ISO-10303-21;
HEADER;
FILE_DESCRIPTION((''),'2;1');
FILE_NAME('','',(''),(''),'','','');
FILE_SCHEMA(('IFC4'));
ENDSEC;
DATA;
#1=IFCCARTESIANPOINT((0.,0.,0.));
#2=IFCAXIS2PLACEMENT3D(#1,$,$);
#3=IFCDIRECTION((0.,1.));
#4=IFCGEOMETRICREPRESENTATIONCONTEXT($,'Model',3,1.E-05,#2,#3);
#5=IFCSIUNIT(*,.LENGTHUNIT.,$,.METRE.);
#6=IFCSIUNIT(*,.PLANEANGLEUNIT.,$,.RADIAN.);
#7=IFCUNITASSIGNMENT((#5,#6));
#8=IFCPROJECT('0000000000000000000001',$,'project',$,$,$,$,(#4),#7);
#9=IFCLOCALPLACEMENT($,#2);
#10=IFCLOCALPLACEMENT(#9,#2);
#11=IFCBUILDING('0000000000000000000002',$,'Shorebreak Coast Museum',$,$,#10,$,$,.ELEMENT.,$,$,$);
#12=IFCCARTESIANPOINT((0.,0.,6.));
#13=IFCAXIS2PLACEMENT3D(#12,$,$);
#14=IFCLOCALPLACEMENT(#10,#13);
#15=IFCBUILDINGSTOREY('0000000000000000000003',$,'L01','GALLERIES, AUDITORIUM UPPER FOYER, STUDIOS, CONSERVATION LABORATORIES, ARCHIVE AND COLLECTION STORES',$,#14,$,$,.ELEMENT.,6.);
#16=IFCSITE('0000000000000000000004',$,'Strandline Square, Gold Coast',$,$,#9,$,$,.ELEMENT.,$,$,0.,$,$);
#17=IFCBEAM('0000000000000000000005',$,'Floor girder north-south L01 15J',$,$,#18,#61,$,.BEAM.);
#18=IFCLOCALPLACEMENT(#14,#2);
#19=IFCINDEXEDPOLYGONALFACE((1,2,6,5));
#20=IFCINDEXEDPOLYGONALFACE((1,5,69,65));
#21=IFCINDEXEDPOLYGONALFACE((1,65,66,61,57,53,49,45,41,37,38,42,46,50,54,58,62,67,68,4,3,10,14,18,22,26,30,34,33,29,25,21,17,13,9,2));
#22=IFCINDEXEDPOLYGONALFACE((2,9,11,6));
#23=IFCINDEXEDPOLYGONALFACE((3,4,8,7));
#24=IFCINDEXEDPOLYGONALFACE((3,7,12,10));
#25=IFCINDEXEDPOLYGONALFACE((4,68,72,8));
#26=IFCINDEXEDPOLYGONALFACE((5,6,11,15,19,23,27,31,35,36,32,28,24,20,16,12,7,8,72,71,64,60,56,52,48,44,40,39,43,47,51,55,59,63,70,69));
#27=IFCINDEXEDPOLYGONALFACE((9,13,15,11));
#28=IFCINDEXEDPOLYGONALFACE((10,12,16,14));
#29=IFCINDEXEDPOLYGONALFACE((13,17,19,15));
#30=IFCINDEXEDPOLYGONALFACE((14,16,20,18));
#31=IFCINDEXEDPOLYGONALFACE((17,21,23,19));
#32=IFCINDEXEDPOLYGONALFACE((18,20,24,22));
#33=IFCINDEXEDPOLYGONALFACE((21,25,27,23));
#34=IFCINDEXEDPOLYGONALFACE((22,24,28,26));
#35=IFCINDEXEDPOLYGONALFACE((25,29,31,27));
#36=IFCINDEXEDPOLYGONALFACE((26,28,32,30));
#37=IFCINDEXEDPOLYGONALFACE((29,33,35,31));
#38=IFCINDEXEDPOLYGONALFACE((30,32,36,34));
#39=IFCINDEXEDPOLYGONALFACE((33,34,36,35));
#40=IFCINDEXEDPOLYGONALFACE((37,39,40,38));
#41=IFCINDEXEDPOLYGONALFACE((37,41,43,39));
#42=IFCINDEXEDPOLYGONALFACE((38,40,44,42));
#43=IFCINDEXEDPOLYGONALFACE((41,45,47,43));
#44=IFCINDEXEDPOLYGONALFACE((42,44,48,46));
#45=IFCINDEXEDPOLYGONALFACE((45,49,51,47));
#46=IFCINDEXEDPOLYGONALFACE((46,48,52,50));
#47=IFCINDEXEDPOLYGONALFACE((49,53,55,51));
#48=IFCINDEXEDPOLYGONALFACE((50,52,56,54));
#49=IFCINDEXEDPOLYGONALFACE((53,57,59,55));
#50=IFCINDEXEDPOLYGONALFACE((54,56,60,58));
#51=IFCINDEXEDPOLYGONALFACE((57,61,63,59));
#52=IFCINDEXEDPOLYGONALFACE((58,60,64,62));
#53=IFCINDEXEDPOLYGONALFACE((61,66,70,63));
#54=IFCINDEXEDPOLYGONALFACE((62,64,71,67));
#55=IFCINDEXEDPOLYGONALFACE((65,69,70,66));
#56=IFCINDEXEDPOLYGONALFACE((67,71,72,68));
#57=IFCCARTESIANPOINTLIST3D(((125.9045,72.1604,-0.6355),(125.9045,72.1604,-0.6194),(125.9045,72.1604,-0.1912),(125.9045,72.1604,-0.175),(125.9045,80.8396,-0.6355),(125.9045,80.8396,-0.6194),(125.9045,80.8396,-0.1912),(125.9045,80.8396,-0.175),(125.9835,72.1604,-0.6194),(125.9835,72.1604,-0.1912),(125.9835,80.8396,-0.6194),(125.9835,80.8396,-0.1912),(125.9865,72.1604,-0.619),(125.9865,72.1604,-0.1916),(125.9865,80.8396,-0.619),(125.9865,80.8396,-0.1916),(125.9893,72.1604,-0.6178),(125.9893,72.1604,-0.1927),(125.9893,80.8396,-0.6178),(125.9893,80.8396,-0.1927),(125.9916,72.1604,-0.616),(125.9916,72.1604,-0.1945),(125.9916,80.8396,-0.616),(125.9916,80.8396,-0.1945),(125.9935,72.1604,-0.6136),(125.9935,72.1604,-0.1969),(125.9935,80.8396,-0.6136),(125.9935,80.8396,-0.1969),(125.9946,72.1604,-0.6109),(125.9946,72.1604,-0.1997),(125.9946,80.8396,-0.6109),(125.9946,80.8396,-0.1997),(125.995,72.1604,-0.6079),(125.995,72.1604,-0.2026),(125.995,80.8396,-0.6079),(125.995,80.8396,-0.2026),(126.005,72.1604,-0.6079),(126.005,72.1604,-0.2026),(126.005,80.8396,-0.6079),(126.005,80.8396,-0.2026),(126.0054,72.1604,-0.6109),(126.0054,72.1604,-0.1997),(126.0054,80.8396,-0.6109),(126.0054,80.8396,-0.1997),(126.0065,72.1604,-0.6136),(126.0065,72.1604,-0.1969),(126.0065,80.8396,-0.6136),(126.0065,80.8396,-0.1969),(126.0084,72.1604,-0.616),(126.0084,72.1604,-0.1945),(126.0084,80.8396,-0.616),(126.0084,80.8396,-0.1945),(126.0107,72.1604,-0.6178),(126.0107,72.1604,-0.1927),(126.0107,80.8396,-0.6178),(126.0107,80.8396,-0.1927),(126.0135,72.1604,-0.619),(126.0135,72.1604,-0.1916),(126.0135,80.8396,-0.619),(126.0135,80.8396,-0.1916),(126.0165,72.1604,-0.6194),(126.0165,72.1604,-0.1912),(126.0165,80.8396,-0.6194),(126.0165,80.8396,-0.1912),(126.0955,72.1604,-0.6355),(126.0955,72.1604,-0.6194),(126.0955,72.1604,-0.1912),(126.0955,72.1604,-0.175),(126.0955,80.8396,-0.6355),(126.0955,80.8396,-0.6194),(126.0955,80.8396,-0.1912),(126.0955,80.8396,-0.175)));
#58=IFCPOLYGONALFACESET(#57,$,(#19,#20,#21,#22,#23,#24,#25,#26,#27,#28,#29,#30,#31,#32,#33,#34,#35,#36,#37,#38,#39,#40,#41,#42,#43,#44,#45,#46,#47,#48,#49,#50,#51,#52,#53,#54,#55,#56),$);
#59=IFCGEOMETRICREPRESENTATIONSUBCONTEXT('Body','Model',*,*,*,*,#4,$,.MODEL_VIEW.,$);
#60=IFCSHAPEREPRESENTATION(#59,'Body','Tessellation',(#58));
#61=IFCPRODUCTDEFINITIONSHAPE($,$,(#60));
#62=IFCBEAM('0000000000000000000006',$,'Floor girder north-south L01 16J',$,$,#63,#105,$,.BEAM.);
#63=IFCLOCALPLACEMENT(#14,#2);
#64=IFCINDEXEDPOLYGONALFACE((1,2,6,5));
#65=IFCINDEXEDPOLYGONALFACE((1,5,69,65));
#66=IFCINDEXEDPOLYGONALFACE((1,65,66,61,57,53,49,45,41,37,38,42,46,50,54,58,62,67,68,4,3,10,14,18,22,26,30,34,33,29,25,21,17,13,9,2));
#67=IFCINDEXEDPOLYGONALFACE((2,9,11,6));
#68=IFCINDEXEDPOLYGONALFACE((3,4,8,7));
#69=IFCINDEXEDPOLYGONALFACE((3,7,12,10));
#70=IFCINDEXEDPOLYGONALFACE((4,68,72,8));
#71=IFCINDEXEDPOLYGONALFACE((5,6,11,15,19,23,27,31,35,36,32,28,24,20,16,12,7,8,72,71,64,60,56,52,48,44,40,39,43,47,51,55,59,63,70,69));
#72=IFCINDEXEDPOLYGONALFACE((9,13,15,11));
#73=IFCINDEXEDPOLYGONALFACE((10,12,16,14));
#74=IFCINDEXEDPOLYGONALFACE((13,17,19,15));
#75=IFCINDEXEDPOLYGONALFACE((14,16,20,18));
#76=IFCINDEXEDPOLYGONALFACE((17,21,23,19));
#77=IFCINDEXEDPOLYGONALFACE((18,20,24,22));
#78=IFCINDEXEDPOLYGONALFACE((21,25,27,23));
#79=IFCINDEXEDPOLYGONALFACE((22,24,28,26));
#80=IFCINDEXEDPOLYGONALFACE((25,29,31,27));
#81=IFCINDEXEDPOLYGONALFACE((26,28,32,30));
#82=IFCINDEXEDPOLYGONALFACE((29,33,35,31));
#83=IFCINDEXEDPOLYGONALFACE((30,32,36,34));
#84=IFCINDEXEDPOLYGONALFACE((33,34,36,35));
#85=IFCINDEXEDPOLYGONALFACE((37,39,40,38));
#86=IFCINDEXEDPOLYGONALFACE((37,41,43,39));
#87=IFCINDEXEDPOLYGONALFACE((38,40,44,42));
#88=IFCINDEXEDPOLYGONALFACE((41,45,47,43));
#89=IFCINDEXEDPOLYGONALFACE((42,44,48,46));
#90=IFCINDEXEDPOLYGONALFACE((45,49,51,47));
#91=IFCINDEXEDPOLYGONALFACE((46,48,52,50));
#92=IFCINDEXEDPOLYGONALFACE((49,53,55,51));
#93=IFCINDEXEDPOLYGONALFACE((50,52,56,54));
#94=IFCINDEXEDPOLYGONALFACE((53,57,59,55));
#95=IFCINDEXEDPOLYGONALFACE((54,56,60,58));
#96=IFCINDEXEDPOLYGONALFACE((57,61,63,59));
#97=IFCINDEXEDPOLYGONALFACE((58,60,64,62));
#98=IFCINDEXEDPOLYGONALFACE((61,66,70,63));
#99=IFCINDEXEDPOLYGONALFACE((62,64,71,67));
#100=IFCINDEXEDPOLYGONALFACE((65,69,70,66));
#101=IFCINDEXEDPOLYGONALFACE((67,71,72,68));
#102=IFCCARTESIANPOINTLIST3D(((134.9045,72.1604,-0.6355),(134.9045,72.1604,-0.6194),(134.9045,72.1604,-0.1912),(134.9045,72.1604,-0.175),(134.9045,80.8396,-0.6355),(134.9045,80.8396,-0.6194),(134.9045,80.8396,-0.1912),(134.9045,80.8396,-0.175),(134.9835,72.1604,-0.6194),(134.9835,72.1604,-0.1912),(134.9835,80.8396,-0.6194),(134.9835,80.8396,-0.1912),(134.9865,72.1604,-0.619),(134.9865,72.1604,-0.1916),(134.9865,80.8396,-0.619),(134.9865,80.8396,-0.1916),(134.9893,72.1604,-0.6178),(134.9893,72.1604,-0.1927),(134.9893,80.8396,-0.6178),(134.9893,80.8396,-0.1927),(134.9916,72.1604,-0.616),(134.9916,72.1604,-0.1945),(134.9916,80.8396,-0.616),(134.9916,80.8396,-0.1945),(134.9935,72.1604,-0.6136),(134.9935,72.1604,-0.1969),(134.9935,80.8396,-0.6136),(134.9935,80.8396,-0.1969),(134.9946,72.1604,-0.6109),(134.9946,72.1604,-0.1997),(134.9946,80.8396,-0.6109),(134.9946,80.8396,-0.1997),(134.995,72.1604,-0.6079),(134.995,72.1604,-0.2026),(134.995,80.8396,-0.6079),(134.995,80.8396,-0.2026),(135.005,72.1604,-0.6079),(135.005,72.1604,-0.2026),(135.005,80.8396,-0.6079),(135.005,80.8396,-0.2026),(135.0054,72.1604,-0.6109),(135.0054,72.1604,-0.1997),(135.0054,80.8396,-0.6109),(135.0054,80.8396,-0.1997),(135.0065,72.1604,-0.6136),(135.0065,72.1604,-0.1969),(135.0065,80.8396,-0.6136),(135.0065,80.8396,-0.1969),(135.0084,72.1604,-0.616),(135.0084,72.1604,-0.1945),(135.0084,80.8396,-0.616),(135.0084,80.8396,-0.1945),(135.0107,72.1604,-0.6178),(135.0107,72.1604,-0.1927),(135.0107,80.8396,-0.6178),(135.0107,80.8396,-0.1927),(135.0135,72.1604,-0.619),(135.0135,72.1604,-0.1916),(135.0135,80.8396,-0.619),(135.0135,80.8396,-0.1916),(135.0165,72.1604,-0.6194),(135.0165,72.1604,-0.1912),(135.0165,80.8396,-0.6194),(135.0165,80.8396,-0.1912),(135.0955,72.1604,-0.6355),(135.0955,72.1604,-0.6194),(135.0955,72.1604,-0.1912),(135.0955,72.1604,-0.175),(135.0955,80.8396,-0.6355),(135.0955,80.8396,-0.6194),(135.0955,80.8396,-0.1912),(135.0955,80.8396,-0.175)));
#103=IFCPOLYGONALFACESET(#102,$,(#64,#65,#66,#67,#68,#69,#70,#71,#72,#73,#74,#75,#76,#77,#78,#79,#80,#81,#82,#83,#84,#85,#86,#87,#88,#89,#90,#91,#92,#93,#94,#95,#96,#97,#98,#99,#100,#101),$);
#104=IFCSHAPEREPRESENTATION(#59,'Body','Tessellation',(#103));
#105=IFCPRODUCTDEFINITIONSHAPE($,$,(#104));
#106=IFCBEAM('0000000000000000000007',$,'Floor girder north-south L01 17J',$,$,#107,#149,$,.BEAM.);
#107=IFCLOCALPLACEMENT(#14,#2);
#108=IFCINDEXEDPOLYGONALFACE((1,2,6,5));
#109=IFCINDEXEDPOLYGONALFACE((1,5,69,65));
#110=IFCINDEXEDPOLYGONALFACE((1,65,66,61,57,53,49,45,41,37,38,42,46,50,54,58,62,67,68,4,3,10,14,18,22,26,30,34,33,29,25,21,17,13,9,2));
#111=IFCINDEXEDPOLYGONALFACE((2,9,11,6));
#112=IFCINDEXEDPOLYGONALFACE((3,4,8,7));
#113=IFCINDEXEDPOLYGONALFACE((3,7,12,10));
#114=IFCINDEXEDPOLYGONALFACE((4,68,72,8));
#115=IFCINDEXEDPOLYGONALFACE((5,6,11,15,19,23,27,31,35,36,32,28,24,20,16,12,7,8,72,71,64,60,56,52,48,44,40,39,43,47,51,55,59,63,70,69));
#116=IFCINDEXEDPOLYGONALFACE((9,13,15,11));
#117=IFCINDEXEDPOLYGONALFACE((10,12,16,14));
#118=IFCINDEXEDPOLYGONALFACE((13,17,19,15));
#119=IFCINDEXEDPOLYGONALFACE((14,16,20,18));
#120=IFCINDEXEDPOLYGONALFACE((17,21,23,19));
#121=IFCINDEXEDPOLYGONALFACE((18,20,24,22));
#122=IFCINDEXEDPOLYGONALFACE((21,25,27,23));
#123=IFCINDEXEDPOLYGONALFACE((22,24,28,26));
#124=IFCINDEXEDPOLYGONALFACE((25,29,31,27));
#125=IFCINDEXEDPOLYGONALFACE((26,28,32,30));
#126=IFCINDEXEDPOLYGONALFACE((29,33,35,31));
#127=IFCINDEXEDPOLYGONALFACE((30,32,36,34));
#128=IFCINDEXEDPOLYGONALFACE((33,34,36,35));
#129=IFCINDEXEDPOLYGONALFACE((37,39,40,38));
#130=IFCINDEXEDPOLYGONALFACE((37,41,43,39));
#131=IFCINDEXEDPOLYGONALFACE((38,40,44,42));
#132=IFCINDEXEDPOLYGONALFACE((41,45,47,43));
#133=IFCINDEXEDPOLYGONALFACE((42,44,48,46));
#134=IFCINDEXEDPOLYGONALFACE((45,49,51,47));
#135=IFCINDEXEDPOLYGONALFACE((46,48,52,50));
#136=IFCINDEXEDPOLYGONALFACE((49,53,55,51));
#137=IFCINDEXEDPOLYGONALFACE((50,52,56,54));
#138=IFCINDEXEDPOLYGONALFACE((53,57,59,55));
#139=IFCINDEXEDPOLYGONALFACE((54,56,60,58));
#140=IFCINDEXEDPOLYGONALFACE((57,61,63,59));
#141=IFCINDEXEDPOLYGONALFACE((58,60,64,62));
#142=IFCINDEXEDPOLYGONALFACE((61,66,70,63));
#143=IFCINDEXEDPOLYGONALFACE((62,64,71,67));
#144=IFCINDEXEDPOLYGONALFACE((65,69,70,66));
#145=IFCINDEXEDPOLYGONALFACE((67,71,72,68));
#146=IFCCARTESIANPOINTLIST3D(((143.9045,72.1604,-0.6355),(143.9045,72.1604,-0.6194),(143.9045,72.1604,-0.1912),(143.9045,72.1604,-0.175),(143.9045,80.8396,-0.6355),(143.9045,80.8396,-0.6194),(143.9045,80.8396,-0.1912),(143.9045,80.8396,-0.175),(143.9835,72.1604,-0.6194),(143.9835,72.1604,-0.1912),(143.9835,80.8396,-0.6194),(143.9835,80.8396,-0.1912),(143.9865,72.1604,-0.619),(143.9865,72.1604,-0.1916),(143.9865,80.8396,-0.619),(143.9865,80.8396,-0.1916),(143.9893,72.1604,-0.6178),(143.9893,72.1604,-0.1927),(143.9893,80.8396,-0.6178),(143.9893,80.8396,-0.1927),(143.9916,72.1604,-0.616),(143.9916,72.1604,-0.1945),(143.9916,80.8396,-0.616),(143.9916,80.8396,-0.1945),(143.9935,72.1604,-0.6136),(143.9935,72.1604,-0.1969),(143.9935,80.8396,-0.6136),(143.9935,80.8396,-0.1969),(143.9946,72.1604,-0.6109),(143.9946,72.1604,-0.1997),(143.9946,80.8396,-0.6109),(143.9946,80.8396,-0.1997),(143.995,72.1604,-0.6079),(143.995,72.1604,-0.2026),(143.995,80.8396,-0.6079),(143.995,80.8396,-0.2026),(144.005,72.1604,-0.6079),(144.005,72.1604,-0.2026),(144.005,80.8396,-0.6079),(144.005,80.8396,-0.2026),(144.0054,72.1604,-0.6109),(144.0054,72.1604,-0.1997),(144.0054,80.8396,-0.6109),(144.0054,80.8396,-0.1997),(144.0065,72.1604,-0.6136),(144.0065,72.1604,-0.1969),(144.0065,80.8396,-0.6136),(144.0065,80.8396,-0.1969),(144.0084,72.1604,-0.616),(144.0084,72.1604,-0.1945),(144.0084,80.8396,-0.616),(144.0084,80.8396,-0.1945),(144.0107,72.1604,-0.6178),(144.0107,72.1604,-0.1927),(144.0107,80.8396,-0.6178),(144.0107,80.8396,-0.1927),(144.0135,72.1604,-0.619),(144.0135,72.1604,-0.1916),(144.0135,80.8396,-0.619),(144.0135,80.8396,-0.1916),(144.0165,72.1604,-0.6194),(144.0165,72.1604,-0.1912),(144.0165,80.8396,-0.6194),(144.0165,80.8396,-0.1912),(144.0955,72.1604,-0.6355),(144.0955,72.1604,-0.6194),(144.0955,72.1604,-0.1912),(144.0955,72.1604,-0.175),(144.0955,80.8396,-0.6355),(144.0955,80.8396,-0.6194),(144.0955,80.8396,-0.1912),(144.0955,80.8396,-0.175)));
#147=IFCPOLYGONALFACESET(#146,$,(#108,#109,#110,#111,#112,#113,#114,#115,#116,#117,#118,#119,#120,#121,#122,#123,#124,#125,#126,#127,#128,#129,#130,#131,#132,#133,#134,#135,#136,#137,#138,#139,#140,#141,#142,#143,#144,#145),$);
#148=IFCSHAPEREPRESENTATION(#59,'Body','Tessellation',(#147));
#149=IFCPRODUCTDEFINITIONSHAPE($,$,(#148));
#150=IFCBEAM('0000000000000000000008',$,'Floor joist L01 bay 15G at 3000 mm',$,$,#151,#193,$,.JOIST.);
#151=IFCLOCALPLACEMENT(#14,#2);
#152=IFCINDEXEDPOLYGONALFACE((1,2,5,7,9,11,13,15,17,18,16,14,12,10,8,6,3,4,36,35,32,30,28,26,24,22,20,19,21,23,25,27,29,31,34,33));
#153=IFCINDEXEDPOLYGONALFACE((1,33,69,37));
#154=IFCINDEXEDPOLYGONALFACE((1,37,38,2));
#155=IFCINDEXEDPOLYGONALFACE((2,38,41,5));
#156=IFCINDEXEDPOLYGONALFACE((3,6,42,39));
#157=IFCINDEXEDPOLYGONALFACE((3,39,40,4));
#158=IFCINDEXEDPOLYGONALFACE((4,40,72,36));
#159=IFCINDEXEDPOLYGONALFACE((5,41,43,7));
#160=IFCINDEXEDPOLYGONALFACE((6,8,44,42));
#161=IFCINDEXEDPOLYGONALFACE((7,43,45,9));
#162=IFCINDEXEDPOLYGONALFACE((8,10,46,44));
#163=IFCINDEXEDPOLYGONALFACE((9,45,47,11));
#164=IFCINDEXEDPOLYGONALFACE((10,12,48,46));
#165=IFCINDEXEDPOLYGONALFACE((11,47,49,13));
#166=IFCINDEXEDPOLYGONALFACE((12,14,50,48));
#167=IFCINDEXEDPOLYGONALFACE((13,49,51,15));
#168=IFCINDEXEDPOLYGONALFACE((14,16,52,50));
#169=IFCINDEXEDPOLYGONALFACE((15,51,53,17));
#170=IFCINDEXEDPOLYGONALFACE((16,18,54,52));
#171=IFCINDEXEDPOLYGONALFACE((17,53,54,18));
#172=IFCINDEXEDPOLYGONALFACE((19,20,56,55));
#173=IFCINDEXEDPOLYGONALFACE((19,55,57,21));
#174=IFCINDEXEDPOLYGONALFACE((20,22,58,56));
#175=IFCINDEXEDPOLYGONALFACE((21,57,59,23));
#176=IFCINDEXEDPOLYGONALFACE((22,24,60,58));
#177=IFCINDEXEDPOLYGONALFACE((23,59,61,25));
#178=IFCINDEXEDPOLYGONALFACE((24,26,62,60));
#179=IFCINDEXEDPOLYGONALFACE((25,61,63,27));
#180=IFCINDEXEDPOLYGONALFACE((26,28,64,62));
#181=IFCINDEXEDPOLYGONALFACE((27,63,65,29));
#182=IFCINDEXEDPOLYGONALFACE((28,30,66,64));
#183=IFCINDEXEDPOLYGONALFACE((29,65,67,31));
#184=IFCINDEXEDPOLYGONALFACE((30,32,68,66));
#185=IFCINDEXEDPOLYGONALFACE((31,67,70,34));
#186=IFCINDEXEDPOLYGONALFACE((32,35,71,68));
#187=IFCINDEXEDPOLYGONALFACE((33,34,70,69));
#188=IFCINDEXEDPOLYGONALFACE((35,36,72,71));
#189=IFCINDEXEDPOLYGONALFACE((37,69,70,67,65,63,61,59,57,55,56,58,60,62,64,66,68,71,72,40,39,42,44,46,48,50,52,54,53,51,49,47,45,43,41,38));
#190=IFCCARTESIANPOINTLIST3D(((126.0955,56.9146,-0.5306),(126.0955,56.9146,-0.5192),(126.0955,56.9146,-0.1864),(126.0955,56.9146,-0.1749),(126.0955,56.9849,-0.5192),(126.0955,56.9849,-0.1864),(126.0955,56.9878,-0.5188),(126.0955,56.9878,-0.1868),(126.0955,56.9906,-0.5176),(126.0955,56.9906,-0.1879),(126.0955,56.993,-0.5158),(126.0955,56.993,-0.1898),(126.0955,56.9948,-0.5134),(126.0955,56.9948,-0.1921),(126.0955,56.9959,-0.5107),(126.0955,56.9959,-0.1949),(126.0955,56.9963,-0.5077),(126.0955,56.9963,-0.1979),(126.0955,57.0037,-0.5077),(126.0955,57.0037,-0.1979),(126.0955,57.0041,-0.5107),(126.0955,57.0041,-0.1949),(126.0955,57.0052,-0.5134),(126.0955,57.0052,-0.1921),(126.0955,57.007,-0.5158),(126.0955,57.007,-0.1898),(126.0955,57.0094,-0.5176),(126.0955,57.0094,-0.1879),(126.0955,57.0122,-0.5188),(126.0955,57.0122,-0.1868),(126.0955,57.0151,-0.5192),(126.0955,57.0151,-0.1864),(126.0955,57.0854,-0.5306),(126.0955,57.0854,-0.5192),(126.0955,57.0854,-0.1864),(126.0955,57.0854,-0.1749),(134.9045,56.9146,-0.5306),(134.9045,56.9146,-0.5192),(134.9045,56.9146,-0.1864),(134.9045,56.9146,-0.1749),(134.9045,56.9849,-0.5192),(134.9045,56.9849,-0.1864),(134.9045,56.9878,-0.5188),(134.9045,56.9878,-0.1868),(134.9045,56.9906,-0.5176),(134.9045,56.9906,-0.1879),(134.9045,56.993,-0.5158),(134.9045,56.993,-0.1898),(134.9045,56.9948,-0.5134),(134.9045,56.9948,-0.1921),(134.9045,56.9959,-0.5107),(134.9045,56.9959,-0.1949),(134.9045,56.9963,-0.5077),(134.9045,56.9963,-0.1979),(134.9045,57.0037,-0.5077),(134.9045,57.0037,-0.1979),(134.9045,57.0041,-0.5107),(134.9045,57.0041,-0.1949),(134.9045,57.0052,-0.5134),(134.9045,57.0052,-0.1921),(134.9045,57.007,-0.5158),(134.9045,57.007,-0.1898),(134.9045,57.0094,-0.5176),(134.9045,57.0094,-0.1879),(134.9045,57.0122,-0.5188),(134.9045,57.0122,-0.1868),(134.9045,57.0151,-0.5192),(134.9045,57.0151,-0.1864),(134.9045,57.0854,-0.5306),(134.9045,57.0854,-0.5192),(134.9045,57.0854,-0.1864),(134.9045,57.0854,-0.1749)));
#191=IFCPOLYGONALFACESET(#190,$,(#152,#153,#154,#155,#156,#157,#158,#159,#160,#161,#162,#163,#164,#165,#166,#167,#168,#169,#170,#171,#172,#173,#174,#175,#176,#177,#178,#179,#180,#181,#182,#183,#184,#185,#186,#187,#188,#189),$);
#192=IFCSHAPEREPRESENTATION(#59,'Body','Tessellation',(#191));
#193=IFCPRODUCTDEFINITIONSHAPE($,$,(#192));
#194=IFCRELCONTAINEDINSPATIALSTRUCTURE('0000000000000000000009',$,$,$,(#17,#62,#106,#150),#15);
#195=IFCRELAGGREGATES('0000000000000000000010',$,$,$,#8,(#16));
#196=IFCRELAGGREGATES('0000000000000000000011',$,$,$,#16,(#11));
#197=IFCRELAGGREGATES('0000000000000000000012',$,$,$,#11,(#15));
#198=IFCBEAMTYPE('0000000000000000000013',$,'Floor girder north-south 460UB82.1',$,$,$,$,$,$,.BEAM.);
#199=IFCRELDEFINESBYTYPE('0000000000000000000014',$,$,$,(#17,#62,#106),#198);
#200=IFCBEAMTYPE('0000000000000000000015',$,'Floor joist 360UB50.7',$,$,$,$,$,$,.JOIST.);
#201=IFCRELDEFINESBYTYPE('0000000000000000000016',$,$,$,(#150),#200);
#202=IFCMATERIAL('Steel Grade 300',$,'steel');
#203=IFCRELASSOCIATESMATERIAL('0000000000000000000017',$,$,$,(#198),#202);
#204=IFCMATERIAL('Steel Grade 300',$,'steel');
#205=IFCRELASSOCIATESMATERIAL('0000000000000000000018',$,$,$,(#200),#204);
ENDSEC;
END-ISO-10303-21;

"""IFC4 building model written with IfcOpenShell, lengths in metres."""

from ifc_helpers import new_model, si_unit, direction, frame, origin, origin_2d, place, context, subcontext, project, spatial, i_section, extrude, material, material_profile, profile_set, type_object, element, save


model = new_model("IFC4")

# Units and contexts
model_context = context("Model", 3, precision=1e-05, world=origin(), true_north=direction((0.0, 1.0)))
body_context = subcontext(model_context, "Body", "Model", "MODEL_VIEW")
ifc_project = project(units=[si_unit("LENGTHUNIT", "METRE"), si_unit("PLANEANGLEUNIT", "RADIAN")], contexts=[model_context])

# Site, building, storey
site_placement = place(None, origin())
site = spatial("IfcSite", under=ifc_project, at=site_placement, Name="Strandline Square, Gold Coast", CompositionType="ELEMENT", RefElevation=0.0)
building_placement = place(site_placement, origin())
building = spatial("IfcBuilding", under=site, at=building_placement, Name="Shorebreak Coast Museum", CompositionType="ELEMENT")
storey_placement = place(building_placement, frame((0.0, 0.0, 6.0)))
storey = spatial("IfcBuildingStorey", under=building, at=storey_placement, Name="L01", Description="GALLERIES, AUDITORIUM UPPER FOYER, STUDIOS, CONSERVATION LABORATORIES, ARCHIVE AND COLLECTION STORES", CompositionType="ELEMENT", Elevation=6.0)

# Beams
ifc_material_1 = material(Name="Steel Grade 300", Category="steel")
ifc_material_profile_1 = material_profile(ifc_material_1, i_section(OverallWidth=0.1909, OverallDepth=0.4604, WebThickness=0.01, FlangeThickness=0.0161, FilletRadius=0.0115, at=origin_2d()), Name="460UB82.1")
ifc_profile_set_1 = profile_set([ifc_material_profile_1], Name="Steel Grade 300")
beam_type_1 = type_object("IfcBeamType", Name="Floor girder north-south 460UB82.1", PredefinedType="BEAM", material=ifc_profile_set_1)
for number, where, z_axis, x_axis, name in (
    (1, (126.0, 72.1604, -0.4053), (0.0, 1.0, 0.0), (-1.0, 0.0, 0.0), "Floor girder north-south L01 15J"),
    (2, (135.0, 72.1604, -0.4053), (0.0, 1.0, 0.0), (-1.0, 0.0, 0.0), "Floor girder north-south L01 16J"),
    (3, (144.0, 72.1604, -0.4053), (0.0, 1.0, 0.0), (-1.0, 0.0, 0.0), "Floor girder north-south L01 17J"),
):
    element("IfcBeam", number, at=place(storey_placement, frame(where, z_axis=z_axis, x_axis=x_axis)), inside=storey, type_object=beam_type_1, Name=name, PredefinedType="BEAM", context=body_context, shape_type="SweptSolid", body=[
        extrude(i_section(OverallWidth=0.1909, OverallDepth=0.4604, WebThickness=0.01, FlangeThickness=0.0161, FilletRadius=0.0115, at=origin_2d()), origin(), (0.0, 0.0, 1.0), 8.6792),
    ])
ifc_material_2 = material(Name="Steel Grade 300", Category="steel")
ifc_material_profile_2 = material_profile(ifc_material_2, i_section(OverallWidth=0.1709, OverallDepth=0.3557, WebThickness=0.0073, FlangeThickness=0.0115, FilletRadius=0.0115, at=origin_2d()), Name="360UB50.7")
ifc_profile_set_2 = profile_set([ifc_material_profile_2], Name="Steel Grade 300")
beam_type_2 = type_object("IfcBeamType", Name="Floor joist 360UB50.7", PredefinedType="JOIST", material=ifc_profile_set_2)
for number, where, z_axis, x_axis, name in (
    (4, (126.0955, 57.0, -0.3528), (1.0, 0.0, 0.0), (0.0, 1.0, 0.0), "Floor joist L01 bay 15G at 3000 mm"),
):
    element("IfcBeam", number, at=place(storey_placement, frame(where, z_axis=z_axis, x_axis=x_axis)), inside=storey, type_object=beam_type_2, Name=name, PredefinedType="JOIST", context=body_context, shape_type="SweptSolid", body=[
        extrude(i_section(OverallWidth=0.1709, OverallDepth=0.3557, WebThickness=0.0073, FlangeThickness=0.0115, FilletRadius=0.0115, at=origin_2d()), origin(), (0.0, 0.0, 1.0), 8.8091),
    ])

save(model, "model.ifc")
